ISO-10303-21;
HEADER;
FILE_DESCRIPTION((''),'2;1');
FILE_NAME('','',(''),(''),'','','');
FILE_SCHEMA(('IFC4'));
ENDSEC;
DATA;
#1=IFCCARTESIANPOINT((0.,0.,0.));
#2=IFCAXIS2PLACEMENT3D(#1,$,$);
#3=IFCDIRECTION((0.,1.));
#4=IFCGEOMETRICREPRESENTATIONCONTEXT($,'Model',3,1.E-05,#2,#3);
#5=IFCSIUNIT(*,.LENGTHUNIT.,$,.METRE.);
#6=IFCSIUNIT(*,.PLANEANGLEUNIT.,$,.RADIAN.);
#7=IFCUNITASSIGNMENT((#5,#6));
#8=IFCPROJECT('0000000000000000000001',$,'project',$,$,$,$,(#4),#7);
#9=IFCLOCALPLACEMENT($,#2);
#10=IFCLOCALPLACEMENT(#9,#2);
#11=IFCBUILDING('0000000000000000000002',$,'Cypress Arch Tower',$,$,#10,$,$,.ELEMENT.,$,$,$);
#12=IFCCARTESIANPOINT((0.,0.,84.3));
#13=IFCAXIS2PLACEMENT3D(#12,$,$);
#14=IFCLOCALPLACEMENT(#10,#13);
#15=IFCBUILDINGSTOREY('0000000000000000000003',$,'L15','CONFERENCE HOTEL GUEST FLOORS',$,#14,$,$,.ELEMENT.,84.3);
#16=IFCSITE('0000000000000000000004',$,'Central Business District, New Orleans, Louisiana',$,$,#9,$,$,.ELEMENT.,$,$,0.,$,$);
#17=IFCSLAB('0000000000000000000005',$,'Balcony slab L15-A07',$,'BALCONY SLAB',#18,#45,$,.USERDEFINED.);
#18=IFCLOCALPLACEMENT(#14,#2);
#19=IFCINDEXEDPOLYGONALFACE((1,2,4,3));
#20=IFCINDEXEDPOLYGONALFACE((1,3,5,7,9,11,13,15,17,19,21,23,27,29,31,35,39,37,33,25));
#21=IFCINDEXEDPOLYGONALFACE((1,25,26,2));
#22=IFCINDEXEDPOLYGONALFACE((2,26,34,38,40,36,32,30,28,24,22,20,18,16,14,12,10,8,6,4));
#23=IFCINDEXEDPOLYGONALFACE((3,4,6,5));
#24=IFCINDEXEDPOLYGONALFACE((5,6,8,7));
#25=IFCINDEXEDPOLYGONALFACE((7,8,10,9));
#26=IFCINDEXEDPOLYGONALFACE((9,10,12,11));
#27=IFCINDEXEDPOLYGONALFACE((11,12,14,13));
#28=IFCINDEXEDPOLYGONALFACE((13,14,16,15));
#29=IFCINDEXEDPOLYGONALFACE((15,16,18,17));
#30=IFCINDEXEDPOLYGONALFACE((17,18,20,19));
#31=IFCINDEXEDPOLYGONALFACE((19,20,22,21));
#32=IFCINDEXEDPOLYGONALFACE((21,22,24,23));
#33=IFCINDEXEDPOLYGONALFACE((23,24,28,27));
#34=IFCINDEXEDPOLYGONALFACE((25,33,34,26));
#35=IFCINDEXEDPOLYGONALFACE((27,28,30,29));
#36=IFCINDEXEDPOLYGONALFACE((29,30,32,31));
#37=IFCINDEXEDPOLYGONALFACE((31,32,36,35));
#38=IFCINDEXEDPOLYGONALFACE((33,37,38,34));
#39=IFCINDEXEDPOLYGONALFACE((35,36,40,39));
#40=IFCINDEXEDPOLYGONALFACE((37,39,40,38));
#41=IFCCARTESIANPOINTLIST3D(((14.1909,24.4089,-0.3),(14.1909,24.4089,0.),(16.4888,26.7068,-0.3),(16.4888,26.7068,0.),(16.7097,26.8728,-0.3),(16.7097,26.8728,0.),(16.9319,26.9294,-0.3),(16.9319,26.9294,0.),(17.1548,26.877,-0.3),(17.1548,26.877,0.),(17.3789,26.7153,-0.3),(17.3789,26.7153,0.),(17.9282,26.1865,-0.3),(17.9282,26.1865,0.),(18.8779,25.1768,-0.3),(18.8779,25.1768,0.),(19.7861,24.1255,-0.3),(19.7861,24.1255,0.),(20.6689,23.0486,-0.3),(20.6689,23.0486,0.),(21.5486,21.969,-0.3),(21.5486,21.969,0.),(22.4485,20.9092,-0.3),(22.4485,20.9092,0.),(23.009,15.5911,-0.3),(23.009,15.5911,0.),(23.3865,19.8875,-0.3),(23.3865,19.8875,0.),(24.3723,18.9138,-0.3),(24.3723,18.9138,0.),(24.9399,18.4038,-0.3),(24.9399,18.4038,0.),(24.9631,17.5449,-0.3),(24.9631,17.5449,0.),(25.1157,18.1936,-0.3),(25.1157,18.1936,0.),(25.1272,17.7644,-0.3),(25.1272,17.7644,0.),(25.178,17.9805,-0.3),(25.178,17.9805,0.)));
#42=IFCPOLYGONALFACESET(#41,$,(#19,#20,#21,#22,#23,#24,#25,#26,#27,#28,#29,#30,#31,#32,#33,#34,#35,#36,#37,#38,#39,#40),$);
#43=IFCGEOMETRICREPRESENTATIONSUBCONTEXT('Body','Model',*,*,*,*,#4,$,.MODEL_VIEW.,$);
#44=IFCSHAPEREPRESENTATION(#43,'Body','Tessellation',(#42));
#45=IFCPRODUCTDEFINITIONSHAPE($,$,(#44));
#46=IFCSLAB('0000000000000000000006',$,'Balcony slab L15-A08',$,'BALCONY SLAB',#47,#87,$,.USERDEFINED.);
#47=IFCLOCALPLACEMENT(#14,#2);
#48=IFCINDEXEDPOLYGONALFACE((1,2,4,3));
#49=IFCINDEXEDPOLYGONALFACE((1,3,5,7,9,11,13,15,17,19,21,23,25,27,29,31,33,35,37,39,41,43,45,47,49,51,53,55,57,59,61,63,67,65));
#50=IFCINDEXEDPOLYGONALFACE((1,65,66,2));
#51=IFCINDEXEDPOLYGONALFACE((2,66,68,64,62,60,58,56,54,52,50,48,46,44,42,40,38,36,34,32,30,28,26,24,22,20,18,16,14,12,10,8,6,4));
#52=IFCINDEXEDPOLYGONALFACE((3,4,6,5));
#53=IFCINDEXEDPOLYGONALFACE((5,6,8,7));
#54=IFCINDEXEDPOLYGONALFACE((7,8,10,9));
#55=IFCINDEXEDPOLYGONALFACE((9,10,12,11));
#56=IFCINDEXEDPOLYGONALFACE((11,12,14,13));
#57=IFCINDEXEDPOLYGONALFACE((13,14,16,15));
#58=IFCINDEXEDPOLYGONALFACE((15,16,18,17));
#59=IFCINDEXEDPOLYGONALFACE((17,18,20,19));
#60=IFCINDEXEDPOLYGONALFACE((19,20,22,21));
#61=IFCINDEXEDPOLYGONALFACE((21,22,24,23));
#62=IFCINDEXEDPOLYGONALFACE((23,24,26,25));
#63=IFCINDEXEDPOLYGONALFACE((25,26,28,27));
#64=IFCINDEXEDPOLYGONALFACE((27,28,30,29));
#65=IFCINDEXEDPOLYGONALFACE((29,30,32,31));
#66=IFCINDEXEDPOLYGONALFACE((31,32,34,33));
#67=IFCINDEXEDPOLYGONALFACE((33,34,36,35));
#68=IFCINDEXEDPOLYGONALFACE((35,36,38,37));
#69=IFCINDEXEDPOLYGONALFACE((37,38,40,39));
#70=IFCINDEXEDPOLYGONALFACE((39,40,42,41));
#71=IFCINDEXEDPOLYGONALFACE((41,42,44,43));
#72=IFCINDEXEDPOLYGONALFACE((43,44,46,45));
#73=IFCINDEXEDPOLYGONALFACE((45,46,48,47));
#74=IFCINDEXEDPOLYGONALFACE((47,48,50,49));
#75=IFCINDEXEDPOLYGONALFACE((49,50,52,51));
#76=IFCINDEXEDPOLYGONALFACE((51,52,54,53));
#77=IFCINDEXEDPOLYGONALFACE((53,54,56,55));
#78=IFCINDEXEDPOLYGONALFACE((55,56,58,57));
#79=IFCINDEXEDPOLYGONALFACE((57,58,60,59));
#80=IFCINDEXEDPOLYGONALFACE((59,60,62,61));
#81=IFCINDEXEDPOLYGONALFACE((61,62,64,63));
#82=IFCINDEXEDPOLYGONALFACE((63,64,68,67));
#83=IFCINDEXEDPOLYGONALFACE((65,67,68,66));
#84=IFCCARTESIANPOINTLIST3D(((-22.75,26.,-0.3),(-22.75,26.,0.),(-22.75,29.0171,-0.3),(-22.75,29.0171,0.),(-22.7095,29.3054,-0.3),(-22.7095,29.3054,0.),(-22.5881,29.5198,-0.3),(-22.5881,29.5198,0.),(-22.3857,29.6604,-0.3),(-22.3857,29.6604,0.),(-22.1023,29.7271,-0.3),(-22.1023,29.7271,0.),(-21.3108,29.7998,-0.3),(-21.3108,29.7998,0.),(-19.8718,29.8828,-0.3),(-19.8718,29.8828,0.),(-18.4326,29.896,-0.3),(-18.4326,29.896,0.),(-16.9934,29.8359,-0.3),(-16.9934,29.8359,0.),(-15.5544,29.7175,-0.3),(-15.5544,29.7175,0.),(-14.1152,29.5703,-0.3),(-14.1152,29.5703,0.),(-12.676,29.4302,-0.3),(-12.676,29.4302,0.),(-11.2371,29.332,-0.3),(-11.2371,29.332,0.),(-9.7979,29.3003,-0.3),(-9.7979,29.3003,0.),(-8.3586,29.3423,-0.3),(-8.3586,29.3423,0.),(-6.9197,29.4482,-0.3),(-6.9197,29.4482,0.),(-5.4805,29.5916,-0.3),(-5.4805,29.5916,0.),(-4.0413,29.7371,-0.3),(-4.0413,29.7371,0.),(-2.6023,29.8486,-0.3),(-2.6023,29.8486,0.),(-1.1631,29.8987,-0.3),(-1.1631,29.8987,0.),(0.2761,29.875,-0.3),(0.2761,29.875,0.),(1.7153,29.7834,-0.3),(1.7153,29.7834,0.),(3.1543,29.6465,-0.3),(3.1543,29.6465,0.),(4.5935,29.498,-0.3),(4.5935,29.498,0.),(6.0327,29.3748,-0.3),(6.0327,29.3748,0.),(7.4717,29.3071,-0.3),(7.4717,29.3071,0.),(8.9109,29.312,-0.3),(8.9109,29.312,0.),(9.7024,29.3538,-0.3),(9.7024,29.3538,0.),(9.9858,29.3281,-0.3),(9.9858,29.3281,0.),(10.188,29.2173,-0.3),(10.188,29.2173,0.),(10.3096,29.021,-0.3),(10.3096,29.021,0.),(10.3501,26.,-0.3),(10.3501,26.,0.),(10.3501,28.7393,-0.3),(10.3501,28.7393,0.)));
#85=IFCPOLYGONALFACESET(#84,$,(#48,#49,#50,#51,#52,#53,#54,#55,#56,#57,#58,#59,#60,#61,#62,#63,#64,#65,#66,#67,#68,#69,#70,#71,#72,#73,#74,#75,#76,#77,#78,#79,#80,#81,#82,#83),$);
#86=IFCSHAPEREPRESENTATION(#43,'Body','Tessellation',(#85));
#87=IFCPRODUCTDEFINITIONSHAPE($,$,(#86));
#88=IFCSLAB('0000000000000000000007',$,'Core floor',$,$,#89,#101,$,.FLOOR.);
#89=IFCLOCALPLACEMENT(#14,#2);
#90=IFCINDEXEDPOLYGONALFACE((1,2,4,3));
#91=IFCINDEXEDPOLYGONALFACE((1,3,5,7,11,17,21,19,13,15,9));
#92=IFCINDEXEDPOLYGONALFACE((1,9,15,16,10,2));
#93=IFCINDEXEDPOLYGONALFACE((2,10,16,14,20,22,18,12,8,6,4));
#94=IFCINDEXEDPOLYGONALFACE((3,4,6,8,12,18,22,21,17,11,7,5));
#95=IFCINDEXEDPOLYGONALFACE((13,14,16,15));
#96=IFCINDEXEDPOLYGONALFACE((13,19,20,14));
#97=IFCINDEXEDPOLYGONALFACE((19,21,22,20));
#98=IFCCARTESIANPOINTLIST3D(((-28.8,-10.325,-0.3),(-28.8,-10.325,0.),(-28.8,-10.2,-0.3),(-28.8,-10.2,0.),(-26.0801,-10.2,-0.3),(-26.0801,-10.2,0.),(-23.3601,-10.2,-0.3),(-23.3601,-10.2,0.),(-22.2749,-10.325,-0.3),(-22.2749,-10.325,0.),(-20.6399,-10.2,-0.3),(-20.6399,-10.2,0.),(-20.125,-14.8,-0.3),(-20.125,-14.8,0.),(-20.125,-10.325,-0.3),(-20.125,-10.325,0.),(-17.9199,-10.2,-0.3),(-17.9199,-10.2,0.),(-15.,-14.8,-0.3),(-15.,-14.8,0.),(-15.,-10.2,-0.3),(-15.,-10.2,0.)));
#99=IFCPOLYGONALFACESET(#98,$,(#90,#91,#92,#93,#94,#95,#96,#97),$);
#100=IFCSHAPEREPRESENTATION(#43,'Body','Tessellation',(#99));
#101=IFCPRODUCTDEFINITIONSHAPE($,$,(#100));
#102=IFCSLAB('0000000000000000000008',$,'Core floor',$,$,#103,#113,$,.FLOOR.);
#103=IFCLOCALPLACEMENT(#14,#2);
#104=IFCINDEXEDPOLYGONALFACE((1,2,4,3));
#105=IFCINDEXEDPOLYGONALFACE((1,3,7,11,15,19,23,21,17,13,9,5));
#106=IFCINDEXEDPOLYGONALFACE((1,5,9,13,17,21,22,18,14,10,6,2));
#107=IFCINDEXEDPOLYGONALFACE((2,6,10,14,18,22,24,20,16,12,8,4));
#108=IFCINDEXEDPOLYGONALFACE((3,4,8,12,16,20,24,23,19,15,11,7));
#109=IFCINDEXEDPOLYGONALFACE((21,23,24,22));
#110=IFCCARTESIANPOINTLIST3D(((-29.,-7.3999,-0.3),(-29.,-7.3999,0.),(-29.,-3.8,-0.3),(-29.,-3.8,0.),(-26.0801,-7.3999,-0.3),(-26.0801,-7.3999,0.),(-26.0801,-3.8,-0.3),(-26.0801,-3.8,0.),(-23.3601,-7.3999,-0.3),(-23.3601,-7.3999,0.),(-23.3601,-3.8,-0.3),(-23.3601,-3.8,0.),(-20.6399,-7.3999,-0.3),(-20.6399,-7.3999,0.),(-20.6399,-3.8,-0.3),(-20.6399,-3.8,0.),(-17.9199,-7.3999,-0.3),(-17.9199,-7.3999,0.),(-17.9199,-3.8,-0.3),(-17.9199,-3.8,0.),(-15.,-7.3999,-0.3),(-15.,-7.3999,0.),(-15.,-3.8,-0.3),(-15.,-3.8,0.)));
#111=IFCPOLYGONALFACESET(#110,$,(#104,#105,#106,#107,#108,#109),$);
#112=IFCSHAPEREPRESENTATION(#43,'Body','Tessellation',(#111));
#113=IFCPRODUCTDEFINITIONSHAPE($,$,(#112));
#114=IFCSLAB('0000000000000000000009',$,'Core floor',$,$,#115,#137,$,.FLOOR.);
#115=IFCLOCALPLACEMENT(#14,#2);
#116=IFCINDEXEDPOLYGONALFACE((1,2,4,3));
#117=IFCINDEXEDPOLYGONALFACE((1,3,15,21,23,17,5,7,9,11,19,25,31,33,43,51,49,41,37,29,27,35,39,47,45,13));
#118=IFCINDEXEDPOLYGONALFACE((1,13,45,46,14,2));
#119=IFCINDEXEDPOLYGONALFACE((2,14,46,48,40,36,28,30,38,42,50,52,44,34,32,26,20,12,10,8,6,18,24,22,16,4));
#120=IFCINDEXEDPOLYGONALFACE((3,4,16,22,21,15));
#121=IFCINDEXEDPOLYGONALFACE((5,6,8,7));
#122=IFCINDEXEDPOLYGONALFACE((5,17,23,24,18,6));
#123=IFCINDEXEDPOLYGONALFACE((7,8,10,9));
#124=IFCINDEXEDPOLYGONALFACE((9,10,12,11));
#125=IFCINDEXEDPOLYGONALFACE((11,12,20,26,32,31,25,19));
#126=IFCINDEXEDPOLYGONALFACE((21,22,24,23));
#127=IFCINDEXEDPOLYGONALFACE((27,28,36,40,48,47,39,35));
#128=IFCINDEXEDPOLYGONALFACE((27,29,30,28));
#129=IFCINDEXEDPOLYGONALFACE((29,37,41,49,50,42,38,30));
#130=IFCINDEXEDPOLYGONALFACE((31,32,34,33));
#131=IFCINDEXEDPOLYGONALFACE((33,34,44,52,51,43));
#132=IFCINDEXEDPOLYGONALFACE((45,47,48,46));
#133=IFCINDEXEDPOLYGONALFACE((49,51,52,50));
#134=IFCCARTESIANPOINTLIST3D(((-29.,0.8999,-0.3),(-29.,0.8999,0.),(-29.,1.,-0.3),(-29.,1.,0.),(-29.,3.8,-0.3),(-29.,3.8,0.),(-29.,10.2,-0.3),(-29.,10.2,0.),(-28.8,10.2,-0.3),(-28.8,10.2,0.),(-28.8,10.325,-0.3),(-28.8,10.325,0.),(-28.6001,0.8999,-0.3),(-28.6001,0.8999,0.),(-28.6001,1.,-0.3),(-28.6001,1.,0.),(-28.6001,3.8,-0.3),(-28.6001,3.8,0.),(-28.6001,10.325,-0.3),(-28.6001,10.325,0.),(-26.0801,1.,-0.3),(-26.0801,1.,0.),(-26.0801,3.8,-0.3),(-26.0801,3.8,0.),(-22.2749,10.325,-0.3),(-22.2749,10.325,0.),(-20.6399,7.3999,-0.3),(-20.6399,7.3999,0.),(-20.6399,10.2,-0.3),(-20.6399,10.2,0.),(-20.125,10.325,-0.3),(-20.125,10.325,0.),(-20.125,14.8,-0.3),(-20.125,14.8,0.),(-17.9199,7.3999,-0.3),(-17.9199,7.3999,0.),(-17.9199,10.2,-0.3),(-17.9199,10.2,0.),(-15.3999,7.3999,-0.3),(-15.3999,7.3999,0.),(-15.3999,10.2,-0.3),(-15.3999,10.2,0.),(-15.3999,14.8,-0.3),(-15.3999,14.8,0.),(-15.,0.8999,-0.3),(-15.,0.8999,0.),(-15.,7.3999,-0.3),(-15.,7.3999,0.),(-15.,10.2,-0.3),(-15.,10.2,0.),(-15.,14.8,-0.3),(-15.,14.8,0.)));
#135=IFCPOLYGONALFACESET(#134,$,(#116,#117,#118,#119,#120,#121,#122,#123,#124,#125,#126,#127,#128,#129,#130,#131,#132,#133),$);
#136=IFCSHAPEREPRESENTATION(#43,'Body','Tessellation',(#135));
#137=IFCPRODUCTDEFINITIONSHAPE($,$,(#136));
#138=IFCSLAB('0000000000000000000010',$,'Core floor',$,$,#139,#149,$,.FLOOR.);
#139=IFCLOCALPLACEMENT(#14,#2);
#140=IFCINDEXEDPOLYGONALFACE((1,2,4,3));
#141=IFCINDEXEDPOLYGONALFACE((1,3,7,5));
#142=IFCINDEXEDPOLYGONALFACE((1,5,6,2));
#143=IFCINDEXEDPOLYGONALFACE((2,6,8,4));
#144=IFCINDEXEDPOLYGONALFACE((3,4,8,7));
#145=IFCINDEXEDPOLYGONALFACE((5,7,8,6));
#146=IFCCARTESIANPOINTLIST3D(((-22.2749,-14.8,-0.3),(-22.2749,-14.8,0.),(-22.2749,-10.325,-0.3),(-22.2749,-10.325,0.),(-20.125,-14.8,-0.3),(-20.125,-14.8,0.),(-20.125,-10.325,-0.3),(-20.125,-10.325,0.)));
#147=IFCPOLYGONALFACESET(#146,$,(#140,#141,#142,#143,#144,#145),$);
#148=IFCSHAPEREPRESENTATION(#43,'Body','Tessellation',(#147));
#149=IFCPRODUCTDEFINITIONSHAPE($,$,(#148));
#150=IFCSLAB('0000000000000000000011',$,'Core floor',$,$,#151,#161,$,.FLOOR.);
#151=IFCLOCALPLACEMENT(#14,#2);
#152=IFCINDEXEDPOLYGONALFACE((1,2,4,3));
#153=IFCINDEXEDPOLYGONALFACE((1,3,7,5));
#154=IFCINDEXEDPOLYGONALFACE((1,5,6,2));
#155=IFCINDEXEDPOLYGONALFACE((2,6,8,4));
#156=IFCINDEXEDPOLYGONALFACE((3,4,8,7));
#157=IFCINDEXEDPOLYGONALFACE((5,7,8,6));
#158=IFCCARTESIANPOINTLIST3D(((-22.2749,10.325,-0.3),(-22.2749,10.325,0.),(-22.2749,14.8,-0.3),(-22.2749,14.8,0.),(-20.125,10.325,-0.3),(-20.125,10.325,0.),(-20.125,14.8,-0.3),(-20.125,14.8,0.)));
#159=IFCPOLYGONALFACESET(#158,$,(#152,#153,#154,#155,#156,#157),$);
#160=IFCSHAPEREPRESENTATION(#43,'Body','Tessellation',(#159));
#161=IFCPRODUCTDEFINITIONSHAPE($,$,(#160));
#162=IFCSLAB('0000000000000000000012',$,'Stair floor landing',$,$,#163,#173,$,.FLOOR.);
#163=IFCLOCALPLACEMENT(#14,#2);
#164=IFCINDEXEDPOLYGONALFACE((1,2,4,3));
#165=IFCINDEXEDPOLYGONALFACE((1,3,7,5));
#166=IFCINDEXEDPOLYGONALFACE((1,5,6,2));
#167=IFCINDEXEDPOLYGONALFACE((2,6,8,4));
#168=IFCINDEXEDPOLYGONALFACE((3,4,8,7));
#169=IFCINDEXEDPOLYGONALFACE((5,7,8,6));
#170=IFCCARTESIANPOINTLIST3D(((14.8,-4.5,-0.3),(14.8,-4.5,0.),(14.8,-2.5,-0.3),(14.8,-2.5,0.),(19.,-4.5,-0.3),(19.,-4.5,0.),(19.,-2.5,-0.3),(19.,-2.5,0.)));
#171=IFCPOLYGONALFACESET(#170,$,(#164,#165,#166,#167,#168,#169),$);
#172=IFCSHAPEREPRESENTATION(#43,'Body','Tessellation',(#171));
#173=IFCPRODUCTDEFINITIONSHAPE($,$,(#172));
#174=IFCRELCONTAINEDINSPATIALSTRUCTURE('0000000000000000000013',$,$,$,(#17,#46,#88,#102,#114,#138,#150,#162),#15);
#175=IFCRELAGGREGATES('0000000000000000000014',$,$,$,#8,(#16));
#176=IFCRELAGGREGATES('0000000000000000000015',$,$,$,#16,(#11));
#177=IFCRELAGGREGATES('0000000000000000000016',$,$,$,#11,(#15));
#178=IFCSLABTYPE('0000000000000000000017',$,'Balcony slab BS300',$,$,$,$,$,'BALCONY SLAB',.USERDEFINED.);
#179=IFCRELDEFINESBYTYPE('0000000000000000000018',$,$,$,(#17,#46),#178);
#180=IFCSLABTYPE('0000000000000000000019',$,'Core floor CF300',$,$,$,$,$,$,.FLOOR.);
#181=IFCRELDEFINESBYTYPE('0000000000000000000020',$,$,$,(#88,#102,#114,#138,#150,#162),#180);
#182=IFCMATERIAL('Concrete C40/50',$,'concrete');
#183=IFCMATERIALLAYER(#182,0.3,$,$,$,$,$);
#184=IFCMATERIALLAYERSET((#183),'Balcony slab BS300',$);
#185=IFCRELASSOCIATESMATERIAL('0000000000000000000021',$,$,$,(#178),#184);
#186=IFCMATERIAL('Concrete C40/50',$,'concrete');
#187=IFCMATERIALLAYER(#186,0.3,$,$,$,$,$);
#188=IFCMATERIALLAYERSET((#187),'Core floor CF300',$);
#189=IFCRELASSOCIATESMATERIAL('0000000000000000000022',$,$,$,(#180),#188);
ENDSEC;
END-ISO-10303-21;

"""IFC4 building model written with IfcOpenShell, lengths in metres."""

from ifc_helpers import new_model, si_unit, direction, frame, origin, place, context, subcontext, project, spatial, polyline, outline, extrude, material, layer, layer_set, type_object, element, save


model = new_model("IFC4")

# Units and contexts
model_context = context("Model", 3, precision=1e-05, world=origin(), true_north=direction((0.0, 1.0)))
body_context = subcontext(model_context, "Body", "Model", "MODEL_VIEW")
ifc_project = project(units=[si_unit("LENGTHUNIT", "METRE"), si_unit("PLANEANGLEUNIT", "RADIAN")], contexts=[model_context])

# Site, building, storey
site_placement = place(None, origin())
site = spatial("IfcSite", under=ifc_project, at=site_placement, Name="Central Business District, New Orleans, Louisiana", CompositionType="ELEMENT", RefElevation=0.0)
building_placement = place(site_placement, origin())
building = spatial("IfcBuilding", under=site, at=building_placement, Name="Cypress Arch Tower", CompositionType="ELEMENT")
storey_placement = place(building_placement, frame((0.0, 0.0, 84.3)))
storey = spatial("IfcBuildingStorey", under=building, at=storey_placement, Name="L15", Description="CONFERENCE HOTEL GUEST FLOORS", CompositionType="ELEMENT", Elevation=84.3)

# Slabs
ifc_material_1 = material(Name="Concrete C40/50", Category="concrete")
ifc_layer_1 = layer(ifc_material_1, 0.3)
ifc_layer_set_1 = layer_set([ifc_layer_1], Name="Balcony slab BS300")
slab_type_1 = type_object("IfcSlabType", Name="Balcony slab BS300", ElementType="BALCONY SLAB", PredefinedType="USERDEFINED", material=ifc_layer_set_1)
slab_1_placement = place(storey_placement, frame((0.0, 0.0, -0.3)))
element("IfcSlab", 1, at=slab_1_placement, inside=storey, type_object=slab_type_1, Name="Balcony slab L15-A07", ObjectType="BALCONY SLAB", PredefinedType="USERDEFINED", context=body_context, shape_type="SweptSolid", body=[
    extrude(outline(polyline([(23.009, 15.5911), (24.9631, 17.5449), (25.1272, 17.7644), (25.178, 17.9805), (25.1157, 18.1936), (24.9399, 18.4038), (24.3723, 18.9138), (23.3865, 19.8875), (22.4485, 20.9092), (21.5486, 21.969), (20.6689, 23.0486), (19.7861, 24.1255), (18.8779, 25.1768), (17.9282, 26.1865), (17.3789, 26.7153), (17.1548, 26.877), (16.9319, 26.9294), (16.7097, 26.8728), (16.4888, 26.7068), (14.1909, 24.4089), (23.009, 15.5911)])), origin(), (0.0, 0.0, 1.0), 0.3),
])
slab_2_placement = place(storey_placement, frame((0.0, 0.0, -0.3)))
element("IfcSlab", 2, at=slab_2_placement, inside=storey, type_object=slab_type_1, Name="Balcony slab L15-A08", ObjectType="BALCONY SLAB", PredefinedType="USERDEFINED", context=body_context, shape_type="SweptSolid", body=[
    extrude(outline(polyline([(10.3501, 26.0), (10.3501, 28.7393), (10.3096, 29.021), (10.188, 29.2173), (9.9858, 29.3281), (9.7024, 29.3538), (8.9109, 29.312), (7.4717, 29.3071), (6.0327, 29.3748), (4.5935, 29.498), (3.1543, 29.6465), (1.7153, 29.7834), (0.2761, 29.875), (-1.1631, 29.8987), (-2.6023, 29.8486), (-4.0413, 29.7371), (-5.4805, 29.5916), (-6.9197, 29.4482), (-8.3586, 29.3423), (-9.7979, 29.3003), (-11.2371, 29.332), (-12.676, 29.4302), (-14.1152, 29.5703), (-15.5544, 29.7175), (-16.9934, 29.8359), (-18.4326, 29.896), (-19.8718, 29.8828), (-21.3108, 29.7998), (-22.1023, 29.7271), (-22.3857, 29.6604), (-22.5881, 29.5198), (-22.7095, 29.3054), (-22.75, 29.0171), (-22.75, 26.0), (10.3501, 26.0)])), origin(), (0.0, 0.0, 1.0), 0.3),
])
ifc_material_2 = material(Name="Concrete C40/50", Category="concrete")
ifc_layer_2 = layer(ifc_material_2, 0.3)
ifc_layer_set_2 = layer_set([ifc_layer_2], Name="Core floor CF300")
slab_type_2 = type_object("IfcSlabType", Name="Core floor CF300", PredefinedType="FLOOR", material=ifc_layer_set_2)
slab_3_placement = place(storey_placement, frame((0.0, 0.0, -0.3)))
element("IfcSlab", 3, at=slab_3_placement, inside=storey, type_object=slab_type_2, Name="Core floor", PredefinedType="FLOOR", context=body_context, shape_type="SweptSolid", body=[
    extrude(outline(polyline([(-20.125, -14.8), (-15.0, -14.8), (-15.0, -10.2), (-17.9199, -10.2), (-20.6399, -10.2), (-23.3601, -10.2), (-26.0801, -10.2), (-28.8, -10.2), (-28.8, -10.325), (-22.2749, -10.325), (-20.125, -10.325), (-20.125, -14.8)])), origin(), (0.0, 0.0, 1.0), 0.3),
])
slab_4_placement = place(storey_placement, frame((0.0, 0.0, -0.3)))
element("IfcSlab", 4, at=slab_4_placement, inside=storey, type_object=slab_type_2, Name="Core floor", PredefinedType="FLOOR", context=body_context, shape_type="SweptSolid", body=[
    extrude(outline(polyline([(-29.0, -3.8), (-29.0, -7.3999), (-26.0801, -7.3999), (-23.3601, -7.3999), (-20.6399, -7.3999), (-17.9199, -7.3999), (-15.0, -7.3999), (-15.0, -3.8), (-17.9199, -3.8), (-20.6399, -3.8), (-23.3601, -3.8), (-26.0801, -3.8), (-29.0, -3.8)])), origin(), (0.0, 0.0, 1.0), 0.3),
])
slab_5_placement = place(storey_placement, frame((0.0, 0.0, -0.3)))
element("IfcSlab", 5, at=slab_5_placement, inside=storey, type_object=slab_type_2, Name="Core floor", PredefinedType="FLOOR", context=body_context, shape_type="SweptSolid", body=[
    extrude(outline(polyline([(-29.0, 3.8), (-29.0, 10.2), (-28.8, 10.2), (-28.8, 10.325), (-28.6001, 10.325), (-22.2749, 10.325), (-20.125, 10.325), (-20.125, 14.8), (-15.3999, 14.8), (-15.0, 14.8), (-15.0, 10.2), (-15.3999, 10.2), (-17.9199, 10.2), (-20.6399, 10.2), (-20.6399, 7.3999), (-17.9199, 7.3999), (-15.3999, 7.3999), (-15.0, 7.3999), (-15.0, 0.8999), (-28.6001, 0.8999), (-29.0, 0.8999), (-29.0, 1.0), (-28.6001, 1.0), (-26.0801, 1.0), (-26.0801, 3.8), (-28.6001, 3.8), (-29.0, 3.8)])), origin(), (0.0, 0.0, 1.0), 0.3),
])
slab_6_placement = place(storey_placement, frame((0.0, 0.0, -0.3)))
element("IfcSlab", 6, at=slab_6_placement, inside=storey, type_object=slab_type_2, Name="Core floor", PredefinedType="FLOOR", context=body_context, shape_type="SweptSolid", body=[
    extrude(outline(polyline([(-22.2749, -10.325), (-22.2749, -14.8), (-20.125, -14.8), (-20.125, -10.325), (-22.2749, -10.325)])), origin(), (0.0, 0.0, 1.0), 0.3),
])
slab_7_placement = place(storey_placement, frame((0.0, 0.0, -0.3)))
element("IfcSlab", 7, at=slab_7_placement, inside=storey, type_object=slab_type_2, Name="Core floor", PredefinedType="FLOOR", context=body_context, shape_type="SweptSolid", body=[
    extrude(outline(polyline([(-20.125, 14.8), (-22.2749, 14.8), (-22.2749, 10.325), (-20.125, 10.325), (-20.125, 14.8)])), origin(), (0.0, 0.0, 1.0), 0.3),
])
slab_8_placement = place(storey_placement, frame((0.0, 0.0, -0.3)))
element("IfcSlab", 8, at=slab_8_placement, inside=storey, type_object=slab_type_2, Name="Stair floor landing", PredefinedType="FLOOR", context=body_context, shape_type="SweptSolid", body=[
    extrude(outline(polyline([(19.0, -4.5), (19.0, -2.5), (14.8, -2.5), (14.8, -4.5), (19.0, -4.5)])), origin(), (0.0, 0.0, 1.0), 0.3),
])

save(model, "model.ifc")
